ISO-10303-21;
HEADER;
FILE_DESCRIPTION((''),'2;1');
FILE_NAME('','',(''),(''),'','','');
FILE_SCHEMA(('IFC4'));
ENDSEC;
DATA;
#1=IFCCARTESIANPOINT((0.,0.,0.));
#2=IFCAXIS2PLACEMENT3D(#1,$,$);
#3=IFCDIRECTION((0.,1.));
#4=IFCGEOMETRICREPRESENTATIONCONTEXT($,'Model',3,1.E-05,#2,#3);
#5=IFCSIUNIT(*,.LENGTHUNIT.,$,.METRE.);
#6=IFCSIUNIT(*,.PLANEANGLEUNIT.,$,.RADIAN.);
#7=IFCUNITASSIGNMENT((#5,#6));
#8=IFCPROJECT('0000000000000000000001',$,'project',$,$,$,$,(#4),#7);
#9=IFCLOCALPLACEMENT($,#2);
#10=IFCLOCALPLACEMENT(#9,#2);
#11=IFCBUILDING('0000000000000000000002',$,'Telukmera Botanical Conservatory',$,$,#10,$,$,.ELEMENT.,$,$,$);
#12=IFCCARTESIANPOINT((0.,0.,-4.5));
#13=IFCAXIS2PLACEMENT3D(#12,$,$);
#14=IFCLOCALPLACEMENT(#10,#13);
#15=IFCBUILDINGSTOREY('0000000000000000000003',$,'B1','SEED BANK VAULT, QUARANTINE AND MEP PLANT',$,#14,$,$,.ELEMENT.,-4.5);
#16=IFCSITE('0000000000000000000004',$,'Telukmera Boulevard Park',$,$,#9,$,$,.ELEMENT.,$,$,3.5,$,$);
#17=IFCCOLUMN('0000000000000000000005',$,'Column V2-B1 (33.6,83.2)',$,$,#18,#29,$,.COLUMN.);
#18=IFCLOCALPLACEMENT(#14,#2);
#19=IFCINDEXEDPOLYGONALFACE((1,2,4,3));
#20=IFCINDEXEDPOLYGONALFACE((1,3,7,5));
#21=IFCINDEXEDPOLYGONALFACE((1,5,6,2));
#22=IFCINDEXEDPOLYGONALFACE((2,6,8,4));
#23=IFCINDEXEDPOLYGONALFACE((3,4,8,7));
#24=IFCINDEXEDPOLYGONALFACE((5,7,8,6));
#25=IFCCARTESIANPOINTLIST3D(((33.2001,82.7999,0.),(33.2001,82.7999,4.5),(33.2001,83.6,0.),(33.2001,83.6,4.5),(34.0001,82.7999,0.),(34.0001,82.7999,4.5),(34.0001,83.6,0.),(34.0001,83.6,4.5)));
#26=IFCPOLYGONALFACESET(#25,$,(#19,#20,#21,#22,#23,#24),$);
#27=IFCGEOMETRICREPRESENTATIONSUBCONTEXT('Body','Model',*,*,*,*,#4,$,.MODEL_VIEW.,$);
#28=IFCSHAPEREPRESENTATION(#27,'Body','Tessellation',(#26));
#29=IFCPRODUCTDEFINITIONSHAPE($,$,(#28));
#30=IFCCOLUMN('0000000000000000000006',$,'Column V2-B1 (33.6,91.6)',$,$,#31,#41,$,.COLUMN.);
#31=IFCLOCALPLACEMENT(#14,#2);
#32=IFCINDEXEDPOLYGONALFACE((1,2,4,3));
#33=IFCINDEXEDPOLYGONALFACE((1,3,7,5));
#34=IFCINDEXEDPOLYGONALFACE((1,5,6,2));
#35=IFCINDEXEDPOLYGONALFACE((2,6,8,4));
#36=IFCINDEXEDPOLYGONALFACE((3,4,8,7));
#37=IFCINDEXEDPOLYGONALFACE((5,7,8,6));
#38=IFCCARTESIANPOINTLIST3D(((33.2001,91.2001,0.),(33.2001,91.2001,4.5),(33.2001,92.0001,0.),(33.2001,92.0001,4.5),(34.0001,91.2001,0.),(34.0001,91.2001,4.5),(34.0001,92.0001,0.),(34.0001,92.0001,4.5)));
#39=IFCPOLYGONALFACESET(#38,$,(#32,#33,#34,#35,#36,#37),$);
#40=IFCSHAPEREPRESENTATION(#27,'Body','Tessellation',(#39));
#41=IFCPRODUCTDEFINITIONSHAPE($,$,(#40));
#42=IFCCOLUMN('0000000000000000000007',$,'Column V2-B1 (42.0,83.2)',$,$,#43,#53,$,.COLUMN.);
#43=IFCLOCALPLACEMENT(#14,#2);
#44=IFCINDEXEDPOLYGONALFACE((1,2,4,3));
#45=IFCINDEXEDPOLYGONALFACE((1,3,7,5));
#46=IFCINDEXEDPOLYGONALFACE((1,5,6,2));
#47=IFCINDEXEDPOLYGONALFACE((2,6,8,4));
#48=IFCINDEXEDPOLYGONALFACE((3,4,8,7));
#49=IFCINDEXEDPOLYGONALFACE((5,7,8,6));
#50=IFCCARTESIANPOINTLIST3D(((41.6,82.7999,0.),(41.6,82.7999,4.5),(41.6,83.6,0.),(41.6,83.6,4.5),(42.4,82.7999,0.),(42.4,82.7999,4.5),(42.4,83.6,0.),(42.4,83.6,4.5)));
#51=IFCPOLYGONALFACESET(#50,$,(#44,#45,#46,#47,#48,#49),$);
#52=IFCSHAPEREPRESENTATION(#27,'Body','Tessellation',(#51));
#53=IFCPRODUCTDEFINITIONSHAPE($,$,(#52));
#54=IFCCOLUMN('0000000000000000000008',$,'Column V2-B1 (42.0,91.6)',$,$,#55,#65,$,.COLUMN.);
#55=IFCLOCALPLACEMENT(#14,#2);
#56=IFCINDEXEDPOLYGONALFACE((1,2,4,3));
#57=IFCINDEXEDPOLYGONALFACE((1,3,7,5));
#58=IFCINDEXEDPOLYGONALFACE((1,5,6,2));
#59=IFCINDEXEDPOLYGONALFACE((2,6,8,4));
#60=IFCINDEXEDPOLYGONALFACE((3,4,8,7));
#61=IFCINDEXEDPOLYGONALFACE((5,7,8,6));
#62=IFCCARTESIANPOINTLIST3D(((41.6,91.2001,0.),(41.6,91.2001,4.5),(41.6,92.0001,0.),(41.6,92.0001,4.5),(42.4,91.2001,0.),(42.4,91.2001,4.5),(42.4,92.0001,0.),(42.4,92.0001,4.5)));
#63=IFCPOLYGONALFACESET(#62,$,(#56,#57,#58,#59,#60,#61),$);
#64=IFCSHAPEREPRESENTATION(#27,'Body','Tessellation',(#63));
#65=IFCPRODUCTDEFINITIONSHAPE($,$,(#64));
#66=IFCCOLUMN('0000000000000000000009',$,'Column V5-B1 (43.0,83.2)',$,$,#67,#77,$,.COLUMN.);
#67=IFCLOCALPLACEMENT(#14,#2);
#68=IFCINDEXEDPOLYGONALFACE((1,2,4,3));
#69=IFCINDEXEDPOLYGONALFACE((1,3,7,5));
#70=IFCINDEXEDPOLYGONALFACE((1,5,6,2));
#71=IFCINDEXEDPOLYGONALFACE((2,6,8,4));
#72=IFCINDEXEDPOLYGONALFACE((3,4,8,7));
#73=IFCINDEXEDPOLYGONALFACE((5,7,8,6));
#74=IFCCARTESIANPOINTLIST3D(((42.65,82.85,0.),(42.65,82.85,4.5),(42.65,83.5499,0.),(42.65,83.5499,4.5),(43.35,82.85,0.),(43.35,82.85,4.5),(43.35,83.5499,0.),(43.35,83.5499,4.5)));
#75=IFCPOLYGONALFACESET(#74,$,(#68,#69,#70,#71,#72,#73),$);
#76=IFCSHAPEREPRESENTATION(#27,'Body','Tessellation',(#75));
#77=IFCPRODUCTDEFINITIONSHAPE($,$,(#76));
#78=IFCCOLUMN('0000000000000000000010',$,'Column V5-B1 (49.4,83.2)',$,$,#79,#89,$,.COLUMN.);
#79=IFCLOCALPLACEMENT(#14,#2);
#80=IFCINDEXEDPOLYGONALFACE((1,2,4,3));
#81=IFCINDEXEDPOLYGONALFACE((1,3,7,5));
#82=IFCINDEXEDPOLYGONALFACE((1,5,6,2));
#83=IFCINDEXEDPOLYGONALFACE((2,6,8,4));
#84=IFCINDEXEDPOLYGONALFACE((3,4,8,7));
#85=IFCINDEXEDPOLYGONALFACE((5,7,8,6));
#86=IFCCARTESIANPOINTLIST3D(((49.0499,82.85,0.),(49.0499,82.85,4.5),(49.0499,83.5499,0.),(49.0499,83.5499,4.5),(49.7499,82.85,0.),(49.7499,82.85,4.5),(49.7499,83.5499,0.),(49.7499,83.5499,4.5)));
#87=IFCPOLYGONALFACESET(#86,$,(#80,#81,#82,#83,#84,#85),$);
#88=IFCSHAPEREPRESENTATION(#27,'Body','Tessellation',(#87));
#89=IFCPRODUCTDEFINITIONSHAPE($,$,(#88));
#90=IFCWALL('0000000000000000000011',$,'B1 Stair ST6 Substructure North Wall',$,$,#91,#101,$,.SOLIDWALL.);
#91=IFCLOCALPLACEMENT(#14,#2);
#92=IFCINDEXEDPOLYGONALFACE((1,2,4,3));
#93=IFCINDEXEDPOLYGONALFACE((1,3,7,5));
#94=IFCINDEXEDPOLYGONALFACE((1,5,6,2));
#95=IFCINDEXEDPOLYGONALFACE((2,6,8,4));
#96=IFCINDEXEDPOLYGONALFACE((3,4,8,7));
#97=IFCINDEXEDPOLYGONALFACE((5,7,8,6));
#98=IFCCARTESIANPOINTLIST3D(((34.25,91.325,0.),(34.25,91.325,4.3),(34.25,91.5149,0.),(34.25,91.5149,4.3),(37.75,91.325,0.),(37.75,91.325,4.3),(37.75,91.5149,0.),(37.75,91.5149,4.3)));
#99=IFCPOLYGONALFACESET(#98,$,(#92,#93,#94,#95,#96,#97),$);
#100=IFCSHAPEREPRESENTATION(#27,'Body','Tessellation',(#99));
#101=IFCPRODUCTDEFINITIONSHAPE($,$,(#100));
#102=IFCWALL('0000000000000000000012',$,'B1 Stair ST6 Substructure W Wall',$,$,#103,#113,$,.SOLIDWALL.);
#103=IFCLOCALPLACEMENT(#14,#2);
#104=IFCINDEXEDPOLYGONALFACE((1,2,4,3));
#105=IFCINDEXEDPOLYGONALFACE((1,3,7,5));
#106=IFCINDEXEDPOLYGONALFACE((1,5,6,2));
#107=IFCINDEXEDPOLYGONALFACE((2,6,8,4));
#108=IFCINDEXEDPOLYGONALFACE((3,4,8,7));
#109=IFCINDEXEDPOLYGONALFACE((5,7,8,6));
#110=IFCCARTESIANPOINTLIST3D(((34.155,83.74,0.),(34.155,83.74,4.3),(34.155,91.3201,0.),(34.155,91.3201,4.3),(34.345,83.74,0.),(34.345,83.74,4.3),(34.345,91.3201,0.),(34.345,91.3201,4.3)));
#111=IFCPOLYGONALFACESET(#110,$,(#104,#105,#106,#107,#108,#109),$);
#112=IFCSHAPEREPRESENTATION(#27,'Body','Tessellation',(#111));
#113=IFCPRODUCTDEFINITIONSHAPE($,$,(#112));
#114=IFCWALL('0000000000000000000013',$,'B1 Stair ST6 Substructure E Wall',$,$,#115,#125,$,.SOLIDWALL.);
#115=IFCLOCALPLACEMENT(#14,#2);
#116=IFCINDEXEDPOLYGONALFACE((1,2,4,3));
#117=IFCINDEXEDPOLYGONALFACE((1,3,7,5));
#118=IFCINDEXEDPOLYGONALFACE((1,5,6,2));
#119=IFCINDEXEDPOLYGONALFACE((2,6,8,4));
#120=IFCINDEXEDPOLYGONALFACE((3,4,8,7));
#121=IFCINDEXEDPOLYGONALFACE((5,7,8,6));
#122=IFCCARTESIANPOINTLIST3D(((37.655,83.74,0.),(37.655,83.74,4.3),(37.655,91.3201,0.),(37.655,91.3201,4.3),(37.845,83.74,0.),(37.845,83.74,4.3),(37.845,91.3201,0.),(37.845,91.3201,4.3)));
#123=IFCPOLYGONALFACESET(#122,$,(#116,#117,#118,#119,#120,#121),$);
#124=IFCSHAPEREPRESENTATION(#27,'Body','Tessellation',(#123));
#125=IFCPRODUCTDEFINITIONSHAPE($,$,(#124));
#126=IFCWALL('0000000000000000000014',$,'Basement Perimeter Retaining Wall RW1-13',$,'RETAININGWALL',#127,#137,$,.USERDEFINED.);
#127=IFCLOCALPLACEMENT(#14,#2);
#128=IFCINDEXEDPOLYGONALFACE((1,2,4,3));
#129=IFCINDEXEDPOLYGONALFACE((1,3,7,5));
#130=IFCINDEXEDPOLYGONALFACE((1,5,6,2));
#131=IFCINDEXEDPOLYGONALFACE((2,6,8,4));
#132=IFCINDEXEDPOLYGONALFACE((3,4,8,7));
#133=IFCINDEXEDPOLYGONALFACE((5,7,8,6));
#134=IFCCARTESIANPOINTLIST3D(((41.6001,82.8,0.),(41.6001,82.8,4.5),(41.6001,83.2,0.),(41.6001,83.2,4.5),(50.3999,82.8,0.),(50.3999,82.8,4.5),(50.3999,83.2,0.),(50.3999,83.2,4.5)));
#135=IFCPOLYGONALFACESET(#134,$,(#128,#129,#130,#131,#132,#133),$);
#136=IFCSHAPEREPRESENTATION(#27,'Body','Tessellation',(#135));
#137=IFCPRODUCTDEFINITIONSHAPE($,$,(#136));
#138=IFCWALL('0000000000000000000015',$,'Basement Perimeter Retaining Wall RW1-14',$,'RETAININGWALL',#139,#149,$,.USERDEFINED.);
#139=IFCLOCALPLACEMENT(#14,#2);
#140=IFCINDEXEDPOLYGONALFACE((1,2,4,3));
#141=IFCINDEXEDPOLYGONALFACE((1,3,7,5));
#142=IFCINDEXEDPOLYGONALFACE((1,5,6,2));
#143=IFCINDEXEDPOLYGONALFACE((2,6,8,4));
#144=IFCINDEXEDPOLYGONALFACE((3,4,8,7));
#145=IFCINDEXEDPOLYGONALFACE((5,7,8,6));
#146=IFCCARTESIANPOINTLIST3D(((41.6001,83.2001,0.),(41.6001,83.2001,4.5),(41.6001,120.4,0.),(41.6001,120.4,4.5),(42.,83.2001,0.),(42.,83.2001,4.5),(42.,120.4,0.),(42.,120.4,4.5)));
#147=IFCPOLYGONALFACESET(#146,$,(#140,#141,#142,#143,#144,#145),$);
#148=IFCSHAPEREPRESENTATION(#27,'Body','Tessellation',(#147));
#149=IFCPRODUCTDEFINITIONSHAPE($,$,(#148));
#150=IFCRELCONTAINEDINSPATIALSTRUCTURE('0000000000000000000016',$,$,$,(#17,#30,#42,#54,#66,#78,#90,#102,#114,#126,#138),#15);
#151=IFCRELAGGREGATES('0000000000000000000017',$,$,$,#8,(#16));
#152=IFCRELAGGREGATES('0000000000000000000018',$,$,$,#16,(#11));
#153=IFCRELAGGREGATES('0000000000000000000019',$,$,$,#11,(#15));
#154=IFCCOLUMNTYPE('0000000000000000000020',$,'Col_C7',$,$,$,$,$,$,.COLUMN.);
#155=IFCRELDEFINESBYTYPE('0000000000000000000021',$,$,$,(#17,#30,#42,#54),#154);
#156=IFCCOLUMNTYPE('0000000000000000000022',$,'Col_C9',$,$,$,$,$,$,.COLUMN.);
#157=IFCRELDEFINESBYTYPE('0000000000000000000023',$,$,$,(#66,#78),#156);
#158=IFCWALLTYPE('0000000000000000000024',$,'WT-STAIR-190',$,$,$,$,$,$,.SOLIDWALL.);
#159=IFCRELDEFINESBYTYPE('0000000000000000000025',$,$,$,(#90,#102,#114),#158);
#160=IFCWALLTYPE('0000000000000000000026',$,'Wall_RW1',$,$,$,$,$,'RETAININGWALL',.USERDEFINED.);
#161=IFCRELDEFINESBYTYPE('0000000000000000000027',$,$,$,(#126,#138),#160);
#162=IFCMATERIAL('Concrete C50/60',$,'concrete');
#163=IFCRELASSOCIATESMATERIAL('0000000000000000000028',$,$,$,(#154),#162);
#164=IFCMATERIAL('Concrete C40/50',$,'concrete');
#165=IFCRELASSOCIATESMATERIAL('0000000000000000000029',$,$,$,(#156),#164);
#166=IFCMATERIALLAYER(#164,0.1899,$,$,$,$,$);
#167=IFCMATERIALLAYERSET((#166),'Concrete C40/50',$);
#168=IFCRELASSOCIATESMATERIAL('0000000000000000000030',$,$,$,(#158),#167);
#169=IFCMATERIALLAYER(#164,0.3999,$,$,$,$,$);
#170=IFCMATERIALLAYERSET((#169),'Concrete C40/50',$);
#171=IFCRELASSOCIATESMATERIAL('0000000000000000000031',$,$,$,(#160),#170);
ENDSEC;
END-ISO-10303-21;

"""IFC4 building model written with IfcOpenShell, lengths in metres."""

from ifc_helpers import new_model, si_unit, direction, frame, frame_2d, origin, origin_2d, place, context, subcontext, project, spatial, rectangle, extrude, material, layer, layer_set, material_profile, profile_set, type_object, element, save


model = new_model("IFC4")

# Units and contexts
model_context = context("Model", 3, precision=1e-05, world=origin(), true_north=direction((0.0, 1.0)))
body_context = subcontext(model_context, "Body", "Model", "MODEL_VIEW")
ifc_project = project(units=[si_unit("LENGTHUNIT", "METRE"), si_unit("PLANEANGLEUNIT", "RADIAN")], contexts=[model_context])

# Site, building, storey
site_placement = place(None, origin())
site = spatial("IfcSite", under=ifc_project, at=site_placement, Name="Telukmera Boulevard Park", CompositionType="ELEMENT", RefElevation=3.5)
building_placement = place(site_placement, origin())
building = spatial("IfcBuilding", under=site, at=building_placement, Name="Telukmera Botanical Conservatory", CompositionType="ELEMENT")
storey_placement = place(building_placement, frame((0.0, 0.0, -4.5)))
storey = spatial("IfcBuildingStorey", under=building, at=storey_placement, Name="B1", Description="SEED BANK VAULT, QUARANTINE AND MEP PLANT", CompositionType="ELEMENT", Elevation=-4.5)

# Shared definitions
ifc_material_1 = material(Name="Concrete C50/60", Category="concrete")
ifc_material_2 = material(Name="Concrete C40/50", Category="concrete")

# Columns
ifc_material_profile_1 = material_profile(ifc_material_1, rectangle(XDim=0.8, YDim=0.8, at=origin_2d()), Name="RC 800x800")
ifc_profile_set_1 = profile_set([ifc_material_profile_1], Name="Concrete C50/60")
column_type_1 = type_object("IfcColumnType", Name="Col_C7", PredefinedType="COLUMN", material=ifc_profile_set_1)
for number, where, z_axis, x_axis, name in (
    (1, (33.6001, 83.2, 0.0), (0.0, 0.0, 1.0), (1.0, 0.0, 0.0), "Column V2-B1 (33.6,83.2)"),
    (2, (33.6001, 91.6001, 0.0), (0.0, 0.0, 1.0), (1.0, 0.0, 0.0), "Column V2-B1 (33.6,91.6)"),
    (3, (42.0, 83.2, 0.0), (0.0, 0.0, 1.0), (1.0, 0.0, 0.0), "Column V2-B1 (42.0,83.2)"),
    (4, (42.0, 91.6001, 0.0), (0.0, 0.0, 1.0), (1.0, 0.0, 0.0), "Column V2-B1 (42.0,91.6)"),
):
    element("IfcColumn", number, at=place(storey_placement, frame(where, z_axis=z_axis, x_axis=x_axis)), inside=storey, type_object=column_type_1, Name=name, PredefinedType="COLUMN", context=body_context, shape_type="SweptSolid", body=[
        extrude(rectangle(XDim=0.8, YDim=0.8, at=origin_2d()), origin(), (0.0, 0.0, 1.0), 4.5),
    ])
ifc_material_profile_2 = material_profile(ifc_material_2, rectangle(XDim=0.7, YDim=0.7, at=origin_2d()), Name="RC 700x700")
ifc_profile_set_2 = profile_set([ifc_material_profile_2], Name="Concrete C40/50")
column_type_2 = type_object("IfcColumnType", Name="Col_C9", PredefinedType="COLUMN", material=ifc_profile_set_2)
for number, where, z_axis, x_axis, name in (
    (5, (43.0, 83.2, 0.0), (0.0, 0.0, 1.0), (1.0, 0.0, 0.0), "Column V5-B1 (43.0,83.2)"),
    (6, (49.3999, 83.2, 0.0), (0.0, 0.0, 1.0), (1.0, 0.0, 0.0), "Column V5-B1 (49.4,83.2)"),
):
    element("IfcColumn", number, at=place(storey_placement, frame(where, z_axis=z_axis, x_axis=x_axis)), inside=storey, type_object=column_type_2, Name=name, PredefinedType="COLUMN", context=body_context, shape_type="SweptSolid", body=[
        extrude(rectangle(XDim=0.7, YDim=0.7, at=origin_2d()), origin(), (0.0, 0.0, 1.0), 4.5),
    ])

# Walls
ifc_layer_1 = layer(ifc_material_2, 0.1899)
ifc_layer_set_1 = layer_set([ifc_layer_1], Name="Concrete C40/50")
wall_type_1 = type_object("IfcWallType", Name="WT-STAIR-190", PredefinedType="SOLIDWALL", material=ifc_layer_set_1)
wall_1_placement = place(storey_placement, frame((34.25, 91.4199, 0.0), z_axis=(0.0, 0.0, 1.0), x_axis=(1.0, 0.0, 0.0)))
element("IfcWall", 7, at=wall_1_placement, inside=storey, type_object=wall_type_1, Name="B1 Stair ST6 Substructure North Wall", PredefinedType="SOLIDWALL", context=body_context, shape_type="SweptSolid", body=[
    extrude(rectangle(XDim=3.5, YDim=0.1899, at=frame_2d((1.75, 0.0))), origin(), (0.0, 0.0, 1.0), 4.3),
])
for number, where, z_axis, x_axis, name in (
    (8, (34.25, 83.74, 0.0), (0.0, 0.0, 1.0), (0.0, 1.0, 0.0), "B1 Stair ST6 Substructure W Wall"),
    (9, (37.75, 83.74, 0.0), (0.0, 0.0, 1.0), (0.0, 1.0, 0.0), "B1 Stair ST6 Substructure E Wall"),
):
    element("IfcWall", number, at=place(storey_placement, frame(where, z_axis=z_axis, x_axis=x_axis)), inside=storey, type_object=wall_type_1, Name=name, PredefinedType="SOLIDWALL", context=body_context, shape_type="SweptSolid", body=[
        extrude(rectangle(XDim=7.5801, YDim=0.1899, at=frame_2d((3.79, 0.0))), origin(), (0.0, 0.0, 1.0), 4.3),
    ])
ifc_layer_2 = layer(ifc_material_2, 0.3999)
ifc_layer_set_2 = layer_set([ifc_layer_2], Name="Concrete C40/50")
wall_type_2 = type_object("IfcWallType", Name="Wall_RW1", ElementType="RETAININGWALL", PredefinedType="USERDEFINED", material=ifc_layer_set_2)
wall_2_placement = place(storey_placement, frame((50.3999, 83.0, 0.0), z_axis=(0.0, 0.0, 1.0), x_axis=(-1.0, 0.0, 0.0)))
element("IfcWall", 10, at=wall_2_placement, inside=storey, type_object=wall_type_2, Name="Basement Perimeter Retaining Wall RW1-13", ObjectType="RETAININGWALL", PredefinedType="USERDEFINED", context=body_context, shape_type="SweptSolid", body=[
    extrude(rectangle(XDim=8.7998, YDim=0.3999, at=frame_2d((4.3999, 0.0))), origin(), (0.0, 0.0, 1.0), 4.5),
])
wall_3_placement = place(storey_placement, frame((41.8, 83.2, 0.0), z_axis=(0.0, 0.0, 1.0), x_axis=(0.0, 1.0, 0.0)))
element("IfcWall", 11, at=wall_3_placement, inside=storey, type_object=wall_type_2, Name="Basement Perimeter Retaining Wall RW1-14", ObjectType="RETAININGWALL", PredefinedType="USERDEFINED", context=body_context, shape_type="SweptSolid", body=[
    extrude(rectangle(XDim=37.2, YDim=0.3999, at=frame_2d((18.6001, 0.0))), origin(), (0.0, 0.0, 1.0), 4.5),
])

save(model, "model.ifc")
